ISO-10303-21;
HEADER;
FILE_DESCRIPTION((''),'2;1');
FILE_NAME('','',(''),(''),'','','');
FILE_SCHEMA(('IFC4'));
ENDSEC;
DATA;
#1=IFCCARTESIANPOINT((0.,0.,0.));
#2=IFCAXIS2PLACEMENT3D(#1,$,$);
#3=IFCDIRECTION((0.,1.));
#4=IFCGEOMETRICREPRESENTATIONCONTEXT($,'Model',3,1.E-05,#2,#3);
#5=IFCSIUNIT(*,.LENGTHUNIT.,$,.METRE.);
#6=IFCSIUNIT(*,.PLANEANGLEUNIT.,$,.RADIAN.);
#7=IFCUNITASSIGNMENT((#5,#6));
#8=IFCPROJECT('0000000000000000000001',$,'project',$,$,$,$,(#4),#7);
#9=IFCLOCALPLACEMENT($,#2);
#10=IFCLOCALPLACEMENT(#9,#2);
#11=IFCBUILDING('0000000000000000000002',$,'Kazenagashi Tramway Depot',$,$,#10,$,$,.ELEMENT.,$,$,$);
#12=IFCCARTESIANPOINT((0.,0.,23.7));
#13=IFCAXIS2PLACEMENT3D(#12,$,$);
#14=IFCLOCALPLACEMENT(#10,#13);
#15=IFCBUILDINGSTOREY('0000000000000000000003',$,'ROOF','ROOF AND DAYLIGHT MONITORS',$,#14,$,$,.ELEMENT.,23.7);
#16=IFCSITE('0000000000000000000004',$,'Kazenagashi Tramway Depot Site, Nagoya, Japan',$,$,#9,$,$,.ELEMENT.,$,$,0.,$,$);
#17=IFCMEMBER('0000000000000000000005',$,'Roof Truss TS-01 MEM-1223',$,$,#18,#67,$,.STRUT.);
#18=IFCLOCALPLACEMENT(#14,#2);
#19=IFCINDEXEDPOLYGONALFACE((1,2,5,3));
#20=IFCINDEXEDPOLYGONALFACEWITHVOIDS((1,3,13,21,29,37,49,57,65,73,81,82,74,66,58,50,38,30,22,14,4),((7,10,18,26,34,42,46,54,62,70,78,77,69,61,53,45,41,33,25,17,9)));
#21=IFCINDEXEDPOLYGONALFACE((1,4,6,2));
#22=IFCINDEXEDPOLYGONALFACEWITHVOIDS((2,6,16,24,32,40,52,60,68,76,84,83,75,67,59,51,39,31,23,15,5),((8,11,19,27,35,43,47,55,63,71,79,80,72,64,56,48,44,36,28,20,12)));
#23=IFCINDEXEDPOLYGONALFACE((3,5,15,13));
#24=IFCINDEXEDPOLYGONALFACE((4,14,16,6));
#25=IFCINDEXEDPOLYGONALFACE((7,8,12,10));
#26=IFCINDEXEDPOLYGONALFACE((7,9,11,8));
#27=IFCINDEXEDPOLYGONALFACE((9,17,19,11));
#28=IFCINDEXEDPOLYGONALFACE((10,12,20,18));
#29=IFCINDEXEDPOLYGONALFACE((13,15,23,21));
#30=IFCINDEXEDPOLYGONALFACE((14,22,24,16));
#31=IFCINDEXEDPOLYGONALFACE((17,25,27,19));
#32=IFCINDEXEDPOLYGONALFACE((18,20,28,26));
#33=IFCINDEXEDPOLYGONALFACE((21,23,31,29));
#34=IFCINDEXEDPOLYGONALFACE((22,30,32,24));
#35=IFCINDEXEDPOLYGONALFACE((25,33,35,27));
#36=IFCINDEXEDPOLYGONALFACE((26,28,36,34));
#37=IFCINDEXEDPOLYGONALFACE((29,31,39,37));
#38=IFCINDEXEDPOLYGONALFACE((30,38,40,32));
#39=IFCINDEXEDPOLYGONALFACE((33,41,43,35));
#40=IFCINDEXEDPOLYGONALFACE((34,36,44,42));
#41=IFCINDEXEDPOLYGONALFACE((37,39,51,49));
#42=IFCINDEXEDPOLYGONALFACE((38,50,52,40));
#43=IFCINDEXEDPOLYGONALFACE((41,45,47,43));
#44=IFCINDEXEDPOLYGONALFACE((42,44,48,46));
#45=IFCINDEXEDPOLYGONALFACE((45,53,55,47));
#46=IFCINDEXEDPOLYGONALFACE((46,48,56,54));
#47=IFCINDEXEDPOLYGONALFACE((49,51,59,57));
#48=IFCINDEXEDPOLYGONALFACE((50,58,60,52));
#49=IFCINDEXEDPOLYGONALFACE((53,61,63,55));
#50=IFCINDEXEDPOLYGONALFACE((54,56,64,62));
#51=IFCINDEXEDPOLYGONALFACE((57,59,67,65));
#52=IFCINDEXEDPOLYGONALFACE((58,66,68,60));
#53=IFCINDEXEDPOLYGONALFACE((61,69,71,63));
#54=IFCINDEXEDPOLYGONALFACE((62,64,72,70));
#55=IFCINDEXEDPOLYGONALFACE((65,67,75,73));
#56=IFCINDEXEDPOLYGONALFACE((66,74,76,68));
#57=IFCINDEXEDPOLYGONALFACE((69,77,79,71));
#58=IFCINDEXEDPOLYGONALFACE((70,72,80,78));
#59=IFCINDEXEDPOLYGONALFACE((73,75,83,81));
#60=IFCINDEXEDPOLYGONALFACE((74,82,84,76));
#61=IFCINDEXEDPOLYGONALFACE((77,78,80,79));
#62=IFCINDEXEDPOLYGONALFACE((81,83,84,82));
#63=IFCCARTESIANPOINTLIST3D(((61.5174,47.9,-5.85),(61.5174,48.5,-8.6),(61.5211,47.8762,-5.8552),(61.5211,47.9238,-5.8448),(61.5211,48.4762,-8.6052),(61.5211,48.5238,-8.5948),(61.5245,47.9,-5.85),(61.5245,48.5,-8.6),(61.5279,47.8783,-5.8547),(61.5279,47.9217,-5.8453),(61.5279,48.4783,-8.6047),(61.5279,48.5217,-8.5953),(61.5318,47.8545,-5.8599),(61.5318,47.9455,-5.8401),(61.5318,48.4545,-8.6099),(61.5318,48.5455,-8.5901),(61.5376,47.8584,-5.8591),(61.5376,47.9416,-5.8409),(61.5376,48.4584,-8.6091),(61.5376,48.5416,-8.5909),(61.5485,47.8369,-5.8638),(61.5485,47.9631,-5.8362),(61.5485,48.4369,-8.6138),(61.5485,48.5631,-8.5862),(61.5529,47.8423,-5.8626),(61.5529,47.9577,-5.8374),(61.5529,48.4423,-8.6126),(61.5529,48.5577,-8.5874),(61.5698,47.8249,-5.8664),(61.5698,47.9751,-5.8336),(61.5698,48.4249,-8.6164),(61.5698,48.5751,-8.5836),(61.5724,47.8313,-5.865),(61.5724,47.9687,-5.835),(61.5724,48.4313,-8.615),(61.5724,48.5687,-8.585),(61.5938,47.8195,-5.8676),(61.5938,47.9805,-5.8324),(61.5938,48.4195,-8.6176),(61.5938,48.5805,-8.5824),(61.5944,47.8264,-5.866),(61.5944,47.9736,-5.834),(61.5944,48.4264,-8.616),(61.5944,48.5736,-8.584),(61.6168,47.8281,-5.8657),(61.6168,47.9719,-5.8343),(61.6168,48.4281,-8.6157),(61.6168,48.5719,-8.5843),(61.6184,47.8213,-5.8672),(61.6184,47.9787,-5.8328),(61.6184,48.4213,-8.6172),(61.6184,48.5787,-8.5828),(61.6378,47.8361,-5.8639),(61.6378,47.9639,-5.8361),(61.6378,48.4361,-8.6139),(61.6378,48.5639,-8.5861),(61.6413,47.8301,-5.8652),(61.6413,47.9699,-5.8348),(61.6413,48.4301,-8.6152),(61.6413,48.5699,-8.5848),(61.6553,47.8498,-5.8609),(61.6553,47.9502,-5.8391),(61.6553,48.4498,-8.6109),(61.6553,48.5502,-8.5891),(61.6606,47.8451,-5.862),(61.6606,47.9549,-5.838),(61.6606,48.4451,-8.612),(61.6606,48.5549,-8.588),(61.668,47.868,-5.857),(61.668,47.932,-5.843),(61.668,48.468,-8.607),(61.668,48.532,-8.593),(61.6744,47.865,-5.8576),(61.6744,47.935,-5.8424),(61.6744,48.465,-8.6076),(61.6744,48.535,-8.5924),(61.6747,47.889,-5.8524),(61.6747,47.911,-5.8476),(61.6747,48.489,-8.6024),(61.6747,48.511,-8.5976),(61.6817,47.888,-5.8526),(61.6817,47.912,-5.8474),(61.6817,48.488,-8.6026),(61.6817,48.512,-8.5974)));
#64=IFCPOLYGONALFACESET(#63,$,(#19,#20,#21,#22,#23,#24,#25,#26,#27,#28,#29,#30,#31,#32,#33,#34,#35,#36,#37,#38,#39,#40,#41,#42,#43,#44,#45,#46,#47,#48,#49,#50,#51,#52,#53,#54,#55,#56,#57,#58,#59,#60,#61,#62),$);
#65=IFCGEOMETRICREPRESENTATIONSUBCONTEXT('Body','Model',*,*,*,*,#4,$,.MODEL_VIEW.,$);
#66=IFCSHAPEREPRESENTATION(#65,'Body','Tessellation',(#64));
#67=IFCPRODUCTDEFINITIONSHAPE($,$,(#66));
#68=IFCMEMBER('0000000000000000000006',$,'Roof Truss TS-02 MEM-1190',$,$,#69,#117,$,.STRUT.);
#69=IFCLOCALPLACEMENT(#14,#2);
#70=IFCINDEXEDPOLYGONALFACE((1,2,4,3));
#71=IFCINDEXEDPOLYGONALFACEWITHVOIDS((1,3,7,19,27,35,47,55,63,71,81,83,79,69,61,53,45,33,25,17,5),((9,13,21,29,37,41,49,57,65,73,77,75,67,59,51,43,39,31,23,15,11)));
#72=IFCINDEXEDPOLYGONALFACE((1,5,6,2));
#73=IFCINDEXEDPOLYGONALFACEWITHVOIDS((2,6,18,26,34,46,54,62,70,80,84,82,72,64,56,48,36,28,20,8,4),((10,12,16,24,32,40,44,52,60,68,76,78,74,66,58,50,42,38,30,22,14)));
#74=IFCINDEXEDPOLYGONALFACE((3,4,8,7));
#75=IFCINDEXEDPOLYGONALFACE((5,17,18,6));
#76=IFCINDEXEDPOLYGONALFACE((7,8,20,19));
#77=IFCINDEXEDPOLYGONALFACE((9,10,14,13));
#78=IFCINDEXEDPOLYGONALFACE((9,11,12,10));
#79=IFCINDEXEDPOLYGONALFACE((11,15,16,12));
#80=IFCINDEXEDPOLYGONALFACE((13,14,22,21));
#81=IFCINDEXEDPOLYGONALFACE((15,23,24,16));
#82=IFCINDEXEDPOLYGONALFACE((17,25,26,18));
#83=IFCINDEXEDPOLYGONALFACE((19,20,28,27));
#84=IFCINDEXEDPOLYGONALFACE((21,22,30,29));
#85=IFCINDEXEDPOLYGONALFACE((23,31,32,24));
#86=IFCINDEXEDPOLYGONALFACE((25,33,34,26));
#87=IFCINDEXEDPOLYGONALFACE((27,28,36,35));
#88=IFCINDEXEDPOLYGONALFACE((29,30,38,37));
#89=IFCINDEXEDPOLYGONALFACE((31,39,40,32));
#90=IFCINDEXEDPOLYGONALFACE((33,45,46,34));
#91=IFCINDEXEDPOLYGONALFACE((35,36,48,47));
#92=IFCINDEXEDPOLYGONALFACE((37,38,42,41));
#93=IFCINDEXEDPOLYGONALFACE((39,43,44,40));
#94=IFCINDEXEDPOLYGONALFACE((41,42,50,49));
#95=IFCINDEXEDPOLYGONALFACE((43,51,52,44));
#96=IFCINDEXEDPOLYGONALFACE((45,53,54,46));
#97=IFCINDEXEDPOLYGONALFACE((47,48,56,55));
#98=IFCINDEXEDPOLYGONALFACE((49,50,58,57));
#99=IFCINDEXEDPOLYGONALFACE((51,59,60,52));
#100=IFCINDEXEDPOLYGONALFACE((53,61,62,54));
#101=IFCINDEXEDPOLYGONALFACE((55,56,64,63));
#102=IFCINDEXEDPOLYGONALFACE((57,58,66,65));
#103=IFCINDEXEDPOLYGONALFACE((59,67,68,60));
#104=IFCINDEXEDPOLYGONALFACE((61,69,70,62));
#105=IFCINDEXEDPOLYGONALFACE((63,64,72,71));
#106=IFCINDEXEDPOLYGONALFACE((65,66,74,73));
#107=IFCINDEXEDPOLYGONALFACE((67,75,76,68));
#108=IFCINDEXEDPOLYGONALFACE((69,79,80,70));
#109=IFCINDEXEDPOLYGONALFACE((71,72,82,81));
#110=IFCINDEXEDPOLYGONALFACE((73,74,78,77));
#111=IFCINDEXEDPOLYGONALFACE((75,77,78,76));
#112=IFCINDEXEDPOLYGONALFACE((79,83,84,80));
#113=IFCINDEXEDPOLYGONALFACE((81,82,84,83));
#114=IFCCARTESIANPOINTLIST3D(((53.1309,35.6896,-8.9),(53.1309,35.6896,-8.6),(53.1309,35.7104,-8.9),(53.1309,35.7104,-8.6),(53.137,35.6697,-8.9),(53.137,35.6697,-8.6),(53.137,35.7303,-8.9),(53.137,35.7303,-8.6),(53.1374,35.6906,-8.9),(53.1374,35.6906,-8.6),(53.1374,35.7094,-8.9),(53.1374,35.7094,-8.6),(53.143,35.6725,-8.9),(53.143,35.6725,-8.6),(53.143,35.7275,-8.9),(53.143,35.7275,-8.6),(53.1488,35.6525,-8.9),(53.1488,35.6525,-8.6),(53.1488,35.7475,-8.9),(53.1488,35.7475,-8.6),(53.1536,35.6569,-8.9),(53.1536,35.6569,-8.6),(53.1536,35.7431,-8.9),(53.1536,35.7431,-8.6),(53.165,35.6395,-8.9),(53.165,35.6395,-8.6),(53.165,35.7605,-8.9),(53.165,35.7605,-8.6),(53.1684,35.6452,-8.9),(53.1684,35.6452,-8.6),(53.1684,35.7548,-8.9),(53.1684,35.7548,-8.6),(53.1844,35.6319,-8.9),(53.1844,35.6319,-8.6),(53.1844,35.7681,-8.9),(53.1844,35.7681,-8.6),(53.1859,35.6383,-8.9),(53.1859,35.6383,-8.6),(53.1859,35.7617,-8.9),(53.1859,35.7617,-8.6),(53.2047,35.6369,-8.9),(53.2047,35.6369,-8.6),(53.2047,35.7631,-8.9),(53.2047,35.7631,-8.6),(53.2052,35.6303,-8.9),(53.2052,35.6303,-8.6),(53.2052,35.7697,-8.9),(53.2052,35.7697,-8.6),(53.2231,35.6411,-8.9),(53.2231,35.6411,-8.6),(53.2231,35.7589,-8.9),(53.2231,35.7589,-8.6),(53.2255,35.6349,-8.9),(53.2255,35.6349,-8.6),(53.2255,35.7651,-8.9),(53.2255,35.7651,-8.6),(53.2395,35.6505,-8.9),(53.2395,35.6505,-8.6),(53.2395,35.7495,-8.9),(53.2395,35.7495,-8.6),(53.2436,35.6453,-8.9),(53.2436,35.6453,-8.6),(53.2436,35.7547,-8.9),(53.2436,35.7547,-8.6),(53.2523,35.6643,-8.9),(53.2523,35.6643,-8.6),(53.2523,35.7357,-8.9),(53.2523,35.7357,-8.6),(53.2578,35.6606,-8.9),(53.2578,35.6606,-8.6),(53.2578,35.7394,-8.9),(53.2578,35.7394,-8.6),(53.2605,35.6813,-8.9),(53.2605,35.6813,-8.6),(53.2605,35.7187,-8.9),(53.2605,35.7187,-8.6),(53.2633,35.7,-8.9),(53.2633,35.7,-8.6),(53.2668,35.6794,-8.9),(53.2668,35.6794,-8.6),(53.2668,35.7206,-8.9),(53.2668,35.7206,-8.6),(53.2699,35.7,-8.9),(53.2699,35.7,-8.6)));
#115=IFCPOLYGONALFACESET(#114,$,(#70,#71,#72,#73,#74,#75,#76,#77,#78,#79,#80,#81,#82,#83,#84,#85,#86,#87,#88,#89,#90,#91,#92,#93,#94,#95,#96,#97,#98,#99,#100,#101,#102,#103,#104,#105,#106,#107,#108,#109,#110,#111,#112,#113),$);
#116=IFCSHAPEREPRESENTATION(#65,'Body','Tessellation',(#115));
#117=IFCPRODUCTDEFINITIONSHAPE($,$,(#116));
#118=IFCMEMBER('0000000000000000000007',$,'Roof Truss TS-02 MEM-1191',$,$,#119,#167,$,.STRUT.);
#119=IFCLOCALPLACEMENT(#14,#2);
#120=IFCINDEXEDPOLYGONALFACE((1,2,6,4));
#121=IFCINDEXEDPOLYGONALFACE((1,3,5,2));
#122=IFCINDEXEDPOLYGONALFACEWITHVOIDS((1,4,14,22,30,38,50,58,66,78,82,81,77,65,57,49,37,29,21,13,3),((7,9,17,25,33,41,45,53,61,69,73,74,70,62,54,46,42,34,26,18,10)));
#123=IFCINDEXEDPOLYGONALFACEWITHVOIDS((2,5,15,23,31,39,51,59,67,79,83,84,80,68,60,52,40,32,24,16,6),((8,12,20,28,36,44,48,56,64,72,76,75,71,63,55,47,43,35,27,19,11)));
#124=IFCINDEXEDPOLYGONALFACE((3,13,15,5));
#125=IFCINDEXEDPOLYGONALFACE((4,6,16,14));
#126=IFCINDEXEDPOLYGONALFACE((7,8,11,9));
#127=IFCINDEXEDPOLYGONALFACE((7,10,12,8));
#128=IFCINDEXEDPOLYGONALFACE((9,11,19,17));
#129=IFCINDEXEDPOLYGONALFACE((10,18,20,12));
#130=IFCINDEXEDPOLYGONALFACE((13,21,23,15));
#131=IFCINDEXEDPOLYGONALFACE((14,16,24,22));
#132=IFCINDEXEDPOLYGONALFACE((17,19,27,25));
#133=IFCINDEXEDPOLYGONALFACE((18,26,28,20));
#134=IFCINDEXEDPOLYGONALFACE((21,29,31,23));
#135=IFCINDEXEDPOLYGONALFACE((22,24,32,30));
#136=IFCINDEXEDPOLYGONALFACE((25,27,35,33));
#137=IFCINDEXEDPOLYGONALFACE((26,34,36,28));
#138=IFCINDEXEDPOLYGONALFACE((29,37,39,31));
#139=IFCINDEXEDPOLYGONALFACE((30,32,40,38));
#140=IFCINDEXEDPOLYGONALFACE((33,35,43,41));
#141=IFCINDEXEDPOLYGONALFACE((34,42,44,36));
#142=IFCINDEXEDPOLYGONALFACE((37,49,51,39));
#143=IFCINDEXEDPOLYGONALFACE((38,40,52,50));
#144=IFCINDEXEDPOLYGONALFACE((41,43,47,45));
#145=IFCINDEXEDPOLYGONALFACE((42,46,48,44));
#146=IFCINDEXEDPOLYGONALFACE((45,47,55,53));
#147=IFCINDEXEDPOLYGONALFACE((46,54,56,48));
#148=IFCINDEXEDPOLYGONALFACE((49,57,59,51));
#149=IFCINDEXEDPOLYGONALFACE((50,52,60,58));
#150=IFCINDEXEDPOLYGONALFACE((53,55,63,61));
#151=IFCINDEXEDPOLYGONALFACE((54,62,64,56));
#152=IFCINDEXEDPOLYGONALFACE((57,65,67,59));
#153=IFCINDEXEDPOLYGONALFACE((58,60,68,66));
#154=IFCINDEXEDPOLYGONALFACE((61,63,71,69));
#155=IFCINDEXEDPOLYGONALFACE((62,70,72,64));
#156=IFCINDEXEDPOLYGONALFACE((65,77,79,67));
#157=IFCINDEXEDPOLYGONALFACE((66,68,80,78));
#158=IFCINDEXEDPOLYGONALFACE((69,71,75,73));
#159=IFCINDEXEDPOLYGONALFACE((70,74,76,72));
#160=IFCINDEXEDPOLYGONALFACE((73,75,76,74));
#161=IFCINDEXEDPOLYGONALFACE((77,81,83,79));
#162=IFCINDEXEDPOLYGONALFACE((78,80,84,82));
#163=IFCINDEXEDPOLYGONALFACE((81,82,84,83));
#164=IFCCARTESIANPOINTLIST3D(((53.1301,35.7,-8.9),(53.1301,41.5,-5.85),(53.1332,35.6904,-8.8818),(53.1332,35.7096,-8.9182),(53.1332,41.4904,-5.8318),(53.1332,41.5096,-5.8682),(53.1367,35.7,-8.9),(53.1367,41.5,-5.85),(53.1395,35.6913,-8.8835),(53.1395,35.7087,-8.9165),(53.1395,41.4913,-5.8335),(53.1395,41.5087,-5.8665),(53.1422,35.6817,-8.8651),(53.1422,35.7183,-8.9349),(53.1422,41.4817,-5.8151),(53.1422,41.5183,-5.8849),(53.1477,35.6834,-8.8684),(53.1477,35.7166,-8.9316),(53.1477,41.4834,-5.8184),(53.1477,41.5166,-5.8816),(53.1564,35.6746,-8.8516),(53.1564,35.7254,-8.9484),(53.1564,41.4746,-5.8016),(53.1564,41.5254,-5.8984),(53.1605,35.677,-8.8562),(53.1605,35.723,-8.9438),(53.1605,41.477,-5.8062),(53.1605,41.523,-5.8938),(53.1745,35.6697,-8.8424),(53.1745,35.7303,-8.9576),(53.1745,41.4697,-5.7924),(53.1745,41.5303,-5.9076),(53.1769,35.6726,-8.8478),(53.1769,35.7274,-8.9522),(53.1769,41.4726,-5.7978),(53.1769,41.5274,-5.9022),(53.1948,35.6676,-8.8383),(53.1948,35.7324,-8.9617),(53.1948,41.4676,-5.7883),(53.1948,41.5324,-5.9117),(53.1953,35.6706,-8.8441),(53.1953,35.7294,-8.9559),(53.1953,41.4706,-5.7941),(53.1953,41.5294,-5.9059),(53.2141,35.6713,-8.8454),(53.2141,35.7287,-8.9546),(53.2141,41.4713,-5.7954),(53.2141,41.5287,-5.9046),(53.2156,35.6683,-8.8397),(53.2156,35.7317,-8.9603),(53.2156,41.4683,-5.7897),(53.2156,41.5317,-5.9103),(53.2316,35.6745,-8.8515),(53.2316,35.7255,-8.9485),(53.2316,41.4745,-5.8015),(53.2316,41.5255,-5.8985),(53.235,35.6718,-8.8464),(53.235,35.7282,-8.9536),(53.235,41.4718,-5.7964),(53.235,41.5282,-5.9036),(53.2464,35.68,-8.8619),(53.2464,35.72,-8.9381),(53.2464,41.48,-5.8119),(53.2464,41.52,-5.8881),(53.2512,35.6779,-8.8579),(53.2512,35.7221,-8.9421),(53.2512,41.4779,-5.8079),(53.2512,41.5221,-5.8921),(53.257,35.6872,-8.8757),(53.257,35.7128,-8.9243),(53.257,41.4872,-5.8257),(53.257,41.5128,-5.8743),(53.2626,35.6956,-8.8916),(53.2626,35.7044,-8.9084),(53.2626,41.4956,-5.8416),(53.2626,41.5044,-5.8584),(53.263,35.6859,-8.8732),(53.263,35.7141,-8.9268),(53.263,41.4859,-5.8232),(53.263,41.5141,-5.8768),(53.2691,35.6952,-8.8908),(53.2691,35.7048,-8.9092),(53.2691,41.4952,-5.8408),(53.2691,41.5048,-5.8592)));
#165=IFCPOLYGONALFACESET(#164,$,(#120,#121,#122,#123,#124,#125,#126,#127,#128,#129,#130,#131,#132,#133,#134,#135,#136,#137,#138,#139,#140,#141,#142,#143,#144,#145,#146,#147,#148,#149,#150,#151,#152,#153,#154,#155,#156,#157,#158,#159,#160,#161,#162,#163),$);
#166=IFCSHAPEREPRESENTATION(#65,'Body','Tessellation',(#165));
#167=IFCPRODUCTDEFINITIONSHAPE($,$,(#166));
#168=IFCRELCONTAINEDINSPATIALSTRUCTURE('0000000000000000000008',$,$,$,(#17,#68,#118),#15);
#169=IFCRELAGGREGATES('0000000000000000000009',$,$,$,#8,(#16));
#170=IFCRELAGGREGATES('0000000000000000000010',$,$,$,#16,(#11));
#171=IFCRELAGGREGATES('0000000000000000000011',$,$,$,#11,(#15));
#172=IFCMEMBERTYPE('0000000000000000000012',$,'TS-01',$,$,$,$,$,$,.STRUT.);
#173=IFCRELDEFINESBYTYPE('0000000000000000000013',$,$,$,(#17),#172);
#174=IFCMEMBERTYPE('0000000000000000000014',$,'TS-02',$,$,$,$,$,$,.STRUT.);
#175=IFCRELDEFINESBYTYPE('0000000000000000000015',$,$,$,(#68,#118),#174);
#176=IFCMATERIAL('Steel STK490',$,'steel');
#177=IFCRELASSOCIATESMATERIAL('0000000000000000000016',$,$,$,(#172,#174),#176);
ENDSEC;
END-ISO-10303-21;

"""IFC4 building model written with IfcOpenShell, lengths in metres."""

from ifc_helpers import new_model, si_unit, direction, frame, origin, origin_2d, place, context, subcontext, project, spatial, hollow_circle, extrude, material, material_profile, profile_set, type_object, element, save


model = new_model("IFC4")

# Units and contexts
model_context = context("Model", 3, precision=1e-05, world=origin(), true_north=direction((0.0, 1.0)))
body_context = subcontext(model_context, "Body", "Model", "MODEL_VIEW")
ifc_project = project(units=[si_unit("LENGTHUNIT", "METRE"), si_unit("PLANEANGLEUNIT", "RADIAN")], contexts=[model_context])

# Site, building, storey
site_placement = place(None, origin())
site = spatial("IfcSite", under=ifc_project, at=site_placement, Name="Kazenagashi Tramway Depot Site, Nagoya, Japan", CompositionType="ELEMENT", RefElevation=0.0)
building_placement = place(site_placement, origin())
building = spatial("IfcBuilding", under=site, at=building_placement, Name="Kazenagashi Tramway Depot", CompositionType="ELEMENT")
storey_placement = place(building_placement, frame((0.0, 0.0, 23.7)))
storey = spatial("IfcBuildingStorey", under=building, at=storey_placement, Name="ROOF", Description="ROOF AND DAYLIGHT MONITORS", CompositionType="ELEMENT", Elevation=23.7)

# Members
ifc_material_1 = material(Name="Steel STK490", Category="steel")
ifc_material_profile_1 = material_profile(ifc_material_1, hollow_circle(Radius=0.0826, WallThickness=0.0071, at=origin_2d()), Name="CHS-165.2x7.1")
ifc_profile_set_1 = profile_set([ifc_material_profile_1], Name="Steel STK490")
member_type_1 = type_object("IfcMemberType", Name="TS-01", PredefinedType="STRUT", material=ifc_profile_set_1)
for number, where, z_axis, x_axis, name in (
    (1, (61.6, 47.9, -5.85), (0.0, 0.213167, -0.977016), (-1.0, 0.0, 0.0), "Roof Truss TS-01 MEM-1223"),
):
    element("IfcMember", number, at=place(storey_placement, frame(where, z_axis=z_axis, x_axis=x_axis)), inside=storey, type_object=member_type_1, Name=name, PredefinedType="STRUT", context=body_context, shape_type="SweptSolid", body=[
        extrude(hollow_circle(Radius=0.0826, WallThickness=0.0071, at=origin_2d()), origin(), (0.0, 0.0, 1.0), 2.8147),
    ])
ifc_material_profile_2 = material_profile(ifc_material_1, hollow_circle(Radius=0.0699, WallThickness=0.0066, at=origin_2d()), Name="CHS-139.8x6.6")
ifc_profile_set_2 = profile_set([ifc_material_profile_2], Name="Steel STK490")
member_type_2 = type_object("IfcMemberType", Name="TS-02", PredefinedType="STRUT", material=ifc_profile_set_2)
member_1_placement = place(storey_placement, frame((53.2, 35.7, -8.9), z_axis=(0.0, 0.0, 1.0), x_axis=(1.0, 0.0, 0.0)))
element("IfcMember", 2, at=member_1_placement, inside=storey, type_object=member_type_2, Name="Roof Truss TS-02 MEM-1190", PredefinedType="STRUT", context=body_context, shape_type="SweptSolid", body=[
    extrude(hollow_circle(Radius=0.0699, WallThickness=0.0066, at=origin_2d()), origin(), (0.0, 0.0, 1.0), 0.3),
])
member_2_placement = place(storey_placement, frame((53.2, 35.7, -8.9), z_axis=(0.0, 0.885084, 0.465432), x_axis=(-1.0, 0.0, 0.0)))
element("IfcMember", 3, at=member_2_placement, inside=storey, type_object=member_type_2, Name="Roof Truss TS-02 MEM-1191", PredefinedType="STRUT", context=body_context, shape_type="SweptSolid", body=[
    extrude(hollow_circle(Radius=0.0699, WallThickness=0.0066, at=origin_2d()), origin(), (0.0, 0.0, 1.0), 6.5531),
])

save(model, "model.ifc")
